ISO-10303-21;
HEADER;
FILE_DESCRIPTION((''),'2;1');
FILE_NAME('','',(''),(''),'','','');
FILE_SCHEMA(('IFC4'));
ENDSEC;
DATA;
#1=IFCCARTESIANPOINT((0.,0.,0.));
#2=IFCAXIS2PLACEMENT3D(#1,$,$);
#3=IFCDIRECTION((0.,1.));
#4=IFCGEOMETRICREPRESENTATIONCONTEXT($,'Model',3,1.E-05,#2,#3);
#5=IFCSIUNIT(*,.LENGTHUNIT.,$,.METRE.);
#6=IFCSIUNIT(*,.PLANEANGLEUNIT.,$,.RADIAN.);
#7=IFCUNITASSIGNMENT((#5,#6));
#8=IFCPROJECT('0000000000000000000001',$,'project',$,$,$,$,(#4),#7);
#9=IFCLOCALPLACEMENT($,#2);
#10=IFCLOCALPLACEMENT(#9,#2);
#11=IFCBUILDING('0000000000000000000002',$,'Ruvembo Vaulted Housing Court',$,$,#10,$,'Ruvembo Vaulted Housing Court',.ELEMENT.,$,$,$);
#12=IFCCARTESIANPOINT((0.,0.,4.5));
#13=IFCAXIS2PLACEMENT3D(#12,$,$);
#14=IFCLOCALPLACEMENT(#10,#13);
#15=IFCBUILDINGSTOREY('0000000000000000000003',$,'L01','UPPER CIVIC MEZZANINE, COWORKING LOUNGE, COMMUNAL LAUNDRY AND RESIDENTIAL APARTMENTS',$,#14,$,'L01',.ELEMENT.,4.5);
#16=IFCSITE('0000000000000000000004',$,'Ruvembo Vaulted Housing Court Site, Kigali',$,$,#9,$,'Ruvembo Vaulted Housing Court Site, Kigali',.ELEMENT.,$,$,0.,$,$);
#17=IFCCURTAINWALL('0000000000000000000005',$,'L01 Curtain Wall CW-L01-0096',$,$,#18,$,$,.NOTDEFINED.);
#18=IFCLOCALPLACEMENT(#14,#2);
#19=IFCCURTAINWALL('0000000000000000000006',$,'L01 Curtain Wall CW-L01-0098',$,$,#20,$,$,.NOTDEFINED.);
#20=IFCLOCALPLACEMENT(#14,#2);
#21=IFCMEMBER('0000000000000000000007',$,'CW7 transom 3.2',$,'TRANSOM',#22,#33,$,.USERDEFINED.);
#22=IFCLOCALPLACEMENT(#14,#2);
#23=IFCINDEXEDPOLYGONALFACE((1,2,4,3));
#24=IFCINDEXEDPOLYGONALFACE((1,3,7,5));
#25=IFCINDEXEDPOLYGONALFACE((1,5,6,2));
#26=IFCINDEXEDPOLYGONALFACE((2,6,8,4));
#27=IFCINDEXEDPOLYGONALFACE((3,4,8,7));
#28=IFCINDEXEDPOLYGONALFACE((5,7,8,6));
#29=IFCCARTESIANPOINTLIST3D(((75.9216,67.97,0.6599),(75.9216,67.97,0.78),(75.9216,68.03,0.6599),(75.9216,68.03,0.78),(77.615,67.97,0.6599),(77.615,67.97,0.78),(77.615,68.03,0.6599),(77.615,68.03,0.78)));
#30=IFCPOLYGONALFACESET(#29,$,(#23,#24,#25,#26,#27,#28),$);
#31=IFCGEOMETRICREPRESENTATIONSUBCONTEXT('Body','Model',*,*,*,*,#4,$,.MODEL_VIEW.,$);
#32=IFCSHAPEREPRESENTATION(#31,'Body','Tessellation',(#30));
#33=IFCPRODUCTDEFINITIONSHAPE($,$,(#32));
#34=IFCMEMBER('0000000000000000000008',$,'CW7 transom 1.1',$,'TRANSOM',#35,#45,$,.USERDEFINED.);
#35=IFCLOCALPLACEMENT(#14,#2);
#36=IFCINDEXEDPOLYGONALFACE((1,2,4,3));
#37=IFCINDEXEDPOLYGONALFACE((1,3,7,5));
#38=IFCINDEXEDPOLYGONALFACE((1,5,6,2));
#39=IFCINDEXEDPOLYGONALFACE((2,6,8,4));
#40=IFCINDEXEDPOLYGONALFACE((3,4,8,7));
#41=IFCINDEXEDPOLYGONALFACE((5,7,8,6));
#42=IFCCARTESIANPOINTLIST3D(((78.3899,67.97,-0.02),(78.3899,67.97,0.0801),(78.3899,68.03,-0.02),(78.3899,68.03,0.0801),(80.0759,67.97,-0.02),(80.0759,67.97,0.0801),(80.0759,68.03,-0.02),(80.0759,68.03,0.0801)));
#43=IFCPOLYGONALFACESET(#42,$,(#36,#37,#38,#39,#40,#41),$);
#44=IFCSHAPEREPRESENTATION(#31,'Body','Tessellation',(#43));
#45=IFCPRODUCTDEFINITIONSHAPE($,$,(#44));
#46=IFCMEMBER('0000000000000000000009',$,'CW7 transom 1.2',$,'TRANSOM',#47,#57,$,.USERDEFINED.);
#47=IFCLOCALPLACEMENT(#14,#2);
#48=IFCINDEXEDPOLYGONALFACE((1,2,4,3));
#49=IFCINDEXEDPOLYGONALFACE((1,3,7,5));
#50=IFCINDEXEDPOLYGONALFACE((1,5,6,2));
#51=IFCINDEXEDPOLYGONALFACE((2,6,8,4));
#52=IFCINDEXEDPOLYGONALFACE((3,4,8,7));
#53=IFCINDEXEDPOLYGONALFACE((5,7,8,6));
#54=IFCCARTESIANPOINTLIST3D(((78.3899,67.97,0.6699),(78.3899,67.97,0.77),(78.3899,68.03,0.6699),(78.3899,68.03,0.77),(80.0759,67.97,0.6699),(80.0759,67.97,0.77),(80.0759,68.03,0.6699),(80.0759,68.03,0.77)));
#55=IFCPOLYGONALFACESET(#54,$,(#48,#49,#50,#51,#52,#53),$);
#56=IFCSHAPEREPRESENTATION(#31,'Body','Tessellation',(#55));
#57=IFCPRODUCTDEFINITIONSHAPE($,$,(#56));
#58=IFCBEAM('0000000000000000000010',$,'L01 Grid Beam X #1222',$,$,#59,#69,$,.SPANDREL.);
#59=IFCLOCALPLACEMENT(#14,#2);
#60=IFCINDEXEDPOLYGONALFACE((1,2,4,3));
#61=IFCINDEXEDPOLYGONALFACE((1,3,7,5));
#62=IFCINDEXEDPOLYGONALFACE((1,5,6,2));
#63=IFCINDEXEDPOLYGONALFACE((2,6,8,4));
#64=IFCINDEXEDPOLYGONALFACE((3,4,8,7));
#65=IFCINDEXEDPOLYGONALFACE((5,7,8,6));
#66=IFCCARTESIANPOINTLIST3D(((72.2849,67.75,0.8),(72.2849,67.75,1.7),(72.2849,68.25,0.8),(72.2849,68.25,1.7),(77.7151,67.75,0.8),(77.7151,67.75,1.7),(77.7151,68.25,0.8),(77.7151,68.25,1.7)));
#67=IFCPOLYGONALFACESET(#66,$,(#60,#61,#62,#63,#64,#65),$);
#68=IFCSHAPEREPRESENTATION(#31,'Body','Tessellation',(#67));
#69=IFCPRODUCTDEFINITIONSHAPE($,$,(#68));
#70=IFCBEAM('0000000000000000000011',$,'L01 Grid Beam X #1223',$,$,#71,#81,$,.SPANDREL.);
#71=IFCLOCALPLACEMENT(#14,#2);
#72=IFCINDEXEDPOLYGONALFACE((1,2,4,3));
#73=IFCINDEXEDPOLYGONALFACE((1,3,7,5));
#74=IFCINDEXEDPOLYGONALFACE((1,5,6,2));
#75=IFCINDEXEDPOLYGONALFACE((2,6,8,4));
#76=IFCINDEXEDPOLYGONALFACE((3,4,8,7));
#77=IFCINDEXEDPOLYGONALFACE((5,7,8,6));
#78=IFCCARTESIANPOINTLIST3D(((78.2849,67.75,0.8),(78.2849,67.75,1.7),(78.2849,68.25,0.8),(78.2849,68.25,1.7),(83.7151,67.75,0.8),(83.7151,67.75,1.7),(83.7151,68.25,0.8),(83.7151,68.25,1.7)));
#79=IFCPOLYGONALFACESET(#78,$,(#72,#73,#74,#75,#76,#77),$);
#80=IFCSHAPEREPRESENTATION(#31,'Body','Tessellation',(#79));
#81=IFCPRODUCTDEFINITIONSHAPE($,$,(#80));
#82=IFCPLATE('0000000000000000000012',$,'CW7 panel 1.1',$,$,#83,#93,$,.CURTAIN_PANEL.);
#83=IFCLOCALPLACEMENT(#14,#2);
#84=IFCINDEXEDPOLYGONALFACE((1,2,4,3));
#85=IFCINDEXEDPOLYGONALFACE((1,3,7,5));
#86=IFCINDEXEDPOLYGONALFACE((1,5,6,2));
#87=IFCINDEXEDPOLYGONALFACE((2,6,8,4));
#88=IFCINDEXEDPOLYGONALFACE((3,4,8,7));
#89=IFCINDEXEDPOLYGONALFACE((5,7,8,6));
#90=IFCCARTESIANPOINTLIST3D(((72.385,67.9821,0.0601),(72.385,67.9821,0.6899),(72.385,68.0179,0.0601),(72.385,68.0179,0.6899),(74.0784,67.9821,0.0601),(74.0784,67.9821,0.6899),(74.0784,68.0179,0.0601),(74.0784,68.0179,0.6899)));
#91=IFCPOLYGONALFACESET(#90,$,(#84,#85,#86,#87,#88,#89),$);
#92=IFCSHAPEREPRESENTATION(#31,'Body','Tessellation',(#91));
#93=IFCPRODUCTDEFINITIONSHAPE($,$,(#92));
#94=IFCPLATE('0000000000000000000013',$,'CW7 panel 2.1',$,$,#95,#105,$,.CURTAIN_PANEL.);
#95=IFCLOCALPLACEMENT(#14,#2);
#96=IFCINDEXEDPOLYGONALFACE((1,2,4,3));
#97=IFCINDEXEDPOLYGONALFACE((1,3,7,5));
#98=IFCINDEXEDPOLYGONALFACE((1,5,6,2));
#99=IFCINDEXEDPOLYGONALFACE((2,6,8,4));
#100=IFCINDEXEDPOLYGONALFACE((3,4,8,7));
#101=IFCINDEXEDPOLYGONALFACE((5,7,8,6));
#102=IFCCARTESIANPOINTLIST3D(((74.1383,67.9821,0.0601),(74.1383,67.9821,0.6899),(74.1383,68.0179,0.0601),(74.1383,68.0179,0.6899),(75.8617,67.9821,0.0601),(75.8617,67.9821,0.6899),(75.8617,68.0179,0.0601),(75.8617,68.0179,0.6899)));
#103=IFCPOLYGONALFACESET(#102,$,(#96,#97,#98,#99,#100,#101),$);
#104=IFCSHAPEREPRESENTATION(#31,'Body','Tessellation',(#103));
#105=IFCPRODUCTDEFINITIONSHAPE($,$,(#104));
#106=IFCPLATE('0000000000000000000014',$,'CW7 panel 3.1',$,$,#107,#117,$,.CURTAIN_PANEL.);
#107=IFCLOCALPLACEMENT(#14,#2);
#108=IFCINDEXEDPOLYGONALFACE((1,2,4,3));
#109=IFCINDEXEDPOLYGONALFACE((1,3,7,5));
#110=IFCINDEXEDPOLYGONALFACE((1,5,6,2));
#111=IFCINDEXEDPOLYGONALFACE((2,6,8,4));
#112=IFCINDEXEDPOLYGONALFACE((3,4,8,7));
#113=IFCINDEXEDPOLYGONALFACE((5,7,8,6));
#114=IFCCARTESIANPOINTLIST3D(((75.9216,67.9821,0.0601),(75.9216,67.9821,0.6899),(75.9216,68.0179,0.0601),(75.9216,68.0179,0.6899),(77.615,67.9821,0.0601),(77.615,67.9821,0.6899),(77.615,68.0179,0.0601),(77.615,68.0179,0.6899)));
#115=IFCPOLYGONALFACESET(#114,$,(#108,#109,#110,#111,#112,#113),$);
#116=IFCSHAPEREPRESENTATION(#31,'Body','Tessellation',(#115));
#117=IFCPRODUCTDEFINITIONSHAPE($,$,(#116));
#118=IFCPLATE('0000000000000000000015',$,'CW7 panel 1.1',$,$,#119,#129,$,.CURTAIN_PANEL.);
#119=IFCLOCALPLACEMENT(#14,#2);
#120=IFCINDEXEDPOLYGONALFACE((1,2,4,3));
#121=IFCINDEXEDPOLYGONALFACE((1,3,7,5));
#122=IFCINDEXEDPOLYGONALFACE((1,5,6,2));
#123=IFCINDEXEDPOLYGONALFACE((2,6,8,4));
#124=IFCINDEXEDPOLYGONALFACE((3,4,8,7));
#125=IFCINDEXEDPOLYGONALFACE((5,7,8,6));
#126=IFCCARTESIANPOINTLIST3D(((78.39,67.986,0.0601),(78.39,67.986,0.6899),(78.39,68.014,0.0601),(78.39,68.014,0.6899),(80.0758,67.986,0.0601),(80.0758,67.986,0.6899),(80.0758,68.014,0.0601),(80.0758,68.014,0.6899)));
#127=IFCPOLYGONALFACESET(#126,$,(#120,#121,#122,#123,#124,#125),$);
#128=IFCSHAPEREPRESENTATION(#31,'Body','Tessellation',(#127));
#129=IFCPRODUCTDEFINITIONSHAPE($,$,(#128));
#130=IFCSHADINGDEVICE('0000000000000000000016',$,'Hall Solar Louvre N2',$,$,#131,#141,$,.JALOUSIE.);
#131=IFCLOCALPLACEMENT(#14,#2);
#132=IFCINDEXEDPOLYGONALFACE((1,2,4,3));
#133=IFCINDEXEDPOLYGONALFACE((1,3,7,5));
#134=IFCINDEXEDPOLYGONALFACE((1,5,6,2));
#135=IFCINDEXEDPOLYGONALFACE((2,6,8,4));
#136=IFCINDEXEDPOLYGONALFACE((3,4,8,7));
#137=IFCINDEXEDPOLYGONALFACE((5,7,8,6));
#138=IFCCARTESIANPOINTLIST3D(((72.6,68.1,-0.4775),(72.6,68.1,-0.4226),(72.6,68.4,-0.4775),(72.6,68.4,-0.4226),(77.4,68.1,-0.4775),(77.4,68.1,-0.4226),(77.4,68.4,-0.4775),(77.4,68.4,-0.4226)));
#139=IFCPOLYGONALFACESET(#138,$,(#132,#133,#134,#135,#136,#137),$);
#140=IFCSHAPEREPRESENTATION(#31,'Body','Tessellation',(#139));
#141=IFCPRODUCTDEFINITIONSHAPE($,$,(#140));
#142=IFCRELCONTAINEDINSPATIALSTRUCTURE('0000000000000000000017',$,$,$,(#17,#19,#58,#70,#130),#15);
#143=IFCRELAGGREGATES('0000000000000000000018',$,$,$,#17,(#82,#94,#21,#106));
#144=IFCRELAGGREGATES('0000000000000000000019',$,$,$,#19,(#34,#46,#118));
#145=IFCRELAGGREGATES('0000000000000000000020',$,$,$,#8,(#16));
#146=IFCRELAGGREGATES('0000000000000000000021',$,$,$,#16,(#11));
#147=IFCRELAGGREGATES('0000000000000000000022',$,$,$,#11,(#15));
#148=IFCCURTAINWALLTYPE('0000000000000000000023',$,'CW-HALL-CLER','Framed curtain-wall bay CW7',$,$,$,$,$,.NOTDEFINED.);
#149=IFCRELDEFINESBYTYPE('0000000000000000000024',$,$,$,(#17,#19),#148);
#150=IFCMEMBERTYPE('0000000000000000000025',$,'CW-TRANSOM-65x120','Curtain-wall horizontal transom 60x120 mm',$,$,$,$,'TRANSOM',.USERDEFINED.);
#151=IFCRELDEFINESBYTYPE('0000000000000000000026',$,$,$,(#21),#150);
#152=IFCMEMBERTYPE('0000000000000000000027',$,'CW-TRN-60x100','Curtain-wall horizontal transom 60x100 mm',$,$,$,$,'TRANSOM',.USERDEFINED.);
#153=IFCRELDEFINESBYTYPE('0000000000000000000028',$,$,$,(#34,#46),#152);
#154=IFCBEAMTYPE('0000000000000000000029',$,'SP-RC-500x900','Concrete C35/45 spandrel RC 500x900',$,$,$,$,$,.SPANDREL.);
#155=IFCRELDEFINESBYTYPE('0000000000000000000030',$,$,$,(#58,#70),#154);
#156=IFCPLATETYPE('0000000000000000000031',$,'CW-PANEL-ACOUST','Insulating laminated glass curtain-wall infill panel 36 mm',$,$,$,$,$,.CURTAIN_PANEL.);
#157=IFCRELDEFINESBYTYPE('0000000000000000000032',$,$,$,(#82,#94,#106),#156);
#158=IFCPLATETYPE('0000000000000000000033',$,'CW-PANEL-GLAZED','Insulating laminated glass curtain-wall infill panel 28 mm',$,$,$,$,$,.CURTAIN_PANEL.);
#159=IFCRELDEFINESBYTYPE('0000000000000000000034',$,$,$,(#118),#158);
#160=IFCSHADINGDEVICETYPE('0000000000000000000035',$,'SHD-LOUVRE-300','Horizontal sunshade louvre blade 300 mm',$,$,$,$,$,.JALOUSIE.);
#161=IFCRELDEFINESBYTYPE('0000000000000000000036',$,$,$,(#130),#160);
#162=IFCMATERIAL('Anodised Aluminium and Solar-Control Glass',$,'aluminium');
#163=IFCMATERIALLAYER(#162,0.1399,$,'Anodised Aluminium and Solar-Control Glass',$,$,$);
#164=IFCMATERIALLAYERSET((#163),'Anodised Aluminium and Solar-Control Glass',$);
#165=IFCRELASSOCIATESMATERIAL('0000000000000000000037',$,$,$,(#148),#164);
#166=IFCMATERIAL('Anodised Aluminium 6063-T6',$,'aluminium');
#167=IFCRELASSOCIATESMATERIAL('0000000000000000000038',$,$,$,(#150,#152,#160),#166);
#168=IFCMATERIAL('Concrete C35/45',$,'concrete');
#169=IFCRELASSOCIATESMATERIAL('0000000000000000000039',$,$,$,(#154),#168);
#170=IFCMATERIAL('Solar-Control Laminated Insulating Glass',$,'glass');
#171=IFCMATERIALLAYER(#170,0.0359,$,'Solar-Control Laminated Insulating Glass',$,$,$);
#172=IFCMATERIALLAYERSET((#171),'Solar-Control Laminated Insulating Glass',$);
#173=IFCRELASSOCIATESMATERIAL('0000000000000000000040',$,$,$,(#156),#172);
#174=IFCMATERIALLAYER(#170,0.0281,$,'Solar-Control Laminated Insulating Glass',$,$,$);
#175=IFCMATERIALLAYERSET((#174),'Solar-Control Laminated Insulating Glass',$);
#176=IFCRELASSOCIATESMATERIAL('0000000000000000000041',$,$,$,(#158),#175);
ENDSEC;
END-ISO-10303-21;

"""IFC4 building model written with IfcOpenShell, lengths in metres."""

from ifc_helpers import new_model, si_unit, direction, frame, origin, origin_2d, place, context, subcontext, project, spatial, rectangle, extrude, material, layer, layer_set, material_profile, profile_set, type_object, element, aggregate, save


model = new_model("IFC4")

# Units and contexts
model_context = context("Model", 3, precision=1e-05, world=origin(), true_north=direction((0.0, 1.0)))
body_context = subcontext(model_context, "Body", "Model", "MODEL_VIEW")
ifc_project = project(units=[si_unit("LENGTHUNIT", "METRE"), si_unit("PLANEANGLEUNIT", "RADIAN")], contexts=[model_context])

# Site, building, storey
site_placement = place(None, origin())
site = spatial("IfcSite", under=ifc_project, at=site_placement, Name="Ruvembo Vaulted Housing Court Site, Kigali", LongName="Ruvembo Vaulted Housing Court Site, Kigali", CompositionType="ELEMENT", RefElevation=0.0)
building_placement = place(site_placement, origin())
building = spatial("IfcBuilding", under=site, at=building_placement, Name="Ruvembo Vaulted Housing Court", LongName="Ruvembo Vaulted Housing Court", CompositionType="ELEMENT")
storey_placement = place(building_placement, frame((0.0, 0.0, 4.5)))
storey = spatial("IfcBuildingStorey", under=building, at=storey_placement, Name="L01", Description="UPPER CIVIC MEZZANINE, COWORKING LOUNGE, COMMUNAL LAUNDRY AND RESIDENTIAL APARTMENTS", LongName="L01", CompositionType="ELEMENT", Elevation=4.5)

# Shared definitions
ifc_material_1 = material(Name="Anodised Aluminium and Solar-Control Glass", Category="aluminium")
ifc_layer_1 = layer(ifc_material_1, 0.1399, Name="Anodised Aluminium and Solar-Control Glass")
ifc_layer_set_1 = layer_set([ifc_layer_1], Name="Anodised Aluminium and Solar-Control Glass")
curtain_wall_type = type_object("IfcCurtainWallType", Name="CW-HALL-CLER", Description="Framed curtain-wall bay CW7", PredefinedType="NOTDEFINED", material=ifc_layer_set_1)
ifc_material_2 = material(Name="Anodised Aluminium 6063-T6", Category="aluminium")

# Curtain walls
curtain_wall_1_placement = place(storey_placement, origin())
curtain_wall_1 = element("IfcCurtainWall", 1, at=curtain_wall_1_placement, inside=storey, type_object=curtain_wall_type, Name="L01 Curtain Wall CW-L01-0096", PredefinedType="NOTDEFINED")
curtain_wall_2_placement = place(storey_placement, origin())
curtain_wall_2 = element("IfcCurtainWall", 2, at=curtain_wall_2_placement, inside=storey, type_object=curtain_wall_type, Name="L01 Curtain Wall CW-L01-0098", PredefinedType="NOTDEFINED")

# Members
ifc_material_profile_1 = material_profile(ifc_material_2, rectangle(XDim=0.0601, YDim=0.1201, at=origin_2d()), Name="ALU 60x120")
ifc_profile_set_1 = profile_set([ifc_material_profile_1], Name="Anodised Aluminium 6063-T6")
member_type_1 = type_object("IfcMemberType", Name="CW-TRANSOM-65x120", Description="Curtain-wall horizontal transom 60x120 mm", ElementType="TRANSOM", PredefinedType="USERDEFINED", material=ifc_profile_set_1)
member_1_placement = place(storey_placement, frame((75.9216, 68.0, 0.72), z_axis=(1.0, 0.0, 0.0), x_axis=(0.0, 1.0, 0.0)))
member_1 = element("IfcMember", 3, at=member_1_placement, type_object=member_type_1, Name="CW7 transom 3.2", ObjectType="TRANSOM", PredefinedType="USERDEFINED", context=body_context, shape_type="SweptSolid", body=[
    extrude(rectangle(XDim=0.0601, YDim=0.1201, at=origin_2d()), origin(), (0.0, 0.0, 1.0), 1.6934),
])
ifc_material_profile_2 = material_profile(ifc_material_2, rectangle(XDim=0.0601, YDim=0.1001, at=origin_2d()), Name="ALU 60x100")
ifc_profile_set_2 = profile_set([ifc_material_profile_2], Name="Anodised Aluminium 6063-T6")
member_type_2 = type_object("IfcMemberType", Name="CW-TRN-60x100", Description="Curtain-wall horizontal transom 60x100 mm", ElementType="TRANSOM", PredefinedType="USERDEFINED", material=ifc_profile_set_2)
member_2_placement = place(storey_placement, frame((78.3899, 68.0, 0.03), z_axis=(1.0, 0.0, 0.0), x_axis=(0.0, 1.0, 0.0)))
member_2 = element("IfcMember", 4, at=member_2_placement, type_object=member_type_2, Name="CW7 transom 1.1", ObjectType="TRANSOM", PredefinedType="USERDEFINED", context=body_context, shape_type="SweptSolid", body=[
    extrude(rectangle(XDim=0.0601, YDim=0.1001, at=origin_2d()), origin(), (0.0, 0.0, 1.0), 1.686),
])
member_3_placement = place(storey_placement, frame((78.3899, 68.0, 0.72), z_axis=(1.0, 0.0, 0.0), x_axis=(0.0, 1.0, 0.0)))
member_3 = element("IfcMember", 5, at=member_3_placement, type_object=member_type_2, Name="CW7 transom 1.2", ObjectType="TRANSOM", PredefinedType="USERDEFINED", context=body_context, shape_type="SweptSolid", body=[
    extrude(rectangle(XDim=0.0601, YDim=0.1001, at=origin_2d()), origin(), (0.0, 0.0, 1.0), 1.686),
])

# Beams
ifc_material_3 = material(Name="Concrete C35/45", Category="concrete")
ifc_material_profile_3 = material_profile(ifc_material_3, rectangle(XDim=0.5, YDim=0.8999, at=origin_2d()), Name="RC 500x900")
ifc_profile_set_3 = profile_set([ifc_material_profile_3], Name="Concrete C35/45")
beam_type = type_object("IfcBeamType", Name="SP-RC-500x900", Description="Concrete C35/45 spandrel RC 500x900", PredefinedType="SPANDREL", material=ifc_profile_set_3)
for number, where, z_axis, x_axis, name in (
    (6, (72.2849, 68.0, 1.25), (1.0, 0.0, 0.0), (0.0, 1.0, 0.0), "L01 Grid Beam X #1222"),
    (7, (78.2849, 68.0, 1.25), (1.0, 0.0, 0.0), (0.0, 1.0, 0.0), "L01 Grid Beam X #1223"),
):
    element("IfcBeam", number, at=place(storey_placement, frame(where, z_axis=z_axis, x_axis=x_axis)), inside=storey, type_object=beam_type, Name=name, PredefinedType="SPANDREL", context=body_context, shape_type="SweptSolid", body=[
        extrude(rectangle(XDim=0.5, YDim=0.8999, at=origin_2d()), origin(), (0.0, 0.0, 1.0), 5.4302),
    ])

# Plates
ifc_material_4 = material(Name="Solar-Control Laminated Insulating Glass", Category="glass")
ifc_layer_2 = layer(ifc_material_4, 0.0359, Name="Solar-Control Laminated Insulating Glass")
ifc_layer_set_2 = layer_set([ifc_layer_2], Name="Solar-Control Laminated Insulating Glass")
plate_type_1 = type_object("IfcPlateType", Name="CW-PANEL-ACOUST", Description="Insulating laminated glass curtain-wall infill panel 36 mm", PredefinedType="CURTAIN_PANEL", material=ifc_layer_set_2)
plate_1_placement = place(storey_placement, frame((73.2317, 68.0, 0.0601), z_axis=(0.0, 0.0, 1.0), x_axis=(1.0, 0.0, 0.0)))
plate_1 = element("IfcPlate", 8, at=plate_1_placement, type_object=plate_type_1, Name="CW7 panel 1.1", PredefinedType="CURTAIN_PANEL", context=body_context, shape_type="SweptSolid", body=[
    extrude(rectangle(XDim=1.6934, YDim=0.0359, at=origin_2d()), origin(), (0.0, 0.0, 1.0), 0.6299),
])
plate_2_placement = place(storey_placement, frame((75.0, 68.0, 0.0601), z_axis=(0.0, 0.0, 1.0), x_axis=(1.0, 0.0, 0.0)))
plate_2 = element("IfcPlate", 9, at=plate_2_placement, type_object=plate_type_1, Name="CW7 panel 2.1", PredefinedType="CURTAIN_PANEL", context=body_context, shape_type="SweptSolid", body=[
    extrude(rectangle(XDim=1.7234, YDim=0.0359, at=origin_2d()), origin(), (0.0, 0.0, 1.0), 0.6299),
])
plate_3_placement = place(storey_placement, frame((76.7683, 68.0, 0.0601), z_axis=(0.0, 0.0, 1.0), x_axis=(1.0, 0.0, 0.0)))
plate_3 = element("IfcPlate", 10, at=plate_3_placement, type_object=plate_type_1, Name="CW7 panel 3.1", PredefinedType="CURTAIN_PANEL", context=body_context, shape_type="SweptSolid", body=[
    extrude(rectangle(XDim=1.6934, YDim=0.0359, at=origin_2d()), origin(), (0.0, 0.0, 1.0), 0.6299),
])
aggregate(curtain_wall_1, [plate_1, plate_2, member_1, plate_3])
ifc_layer_3 = layer(ifc_material_4, 0.0281, Name="Solar-Control Laminated Insulating Glass")
ifc_layer_set_3 = layer_set([ifc_layer_3], Name="Solar-Control Laminated Insulating Glass")
plate_type_2 = type_object("IfcPlateType", Name="CW-PANEL-GLAZED", Description="Insulating laminated glass curtain-wall infill panel 28 mm", PredefinedType="CURTAIN_PANEL", material=ifc_layer_set_3)
plate_4_placement = place(storey_placement, frame((79.2329, 68.0, 0.0601), z_axis=(0.0, 0.0, 1.0), x_axis=(1.0, 0.0, 0.0)))
plate_4 = element("IfcPlate", 11, at=plate_4_placement, type_object=plate_type_2, Name="CW7 panel 1.1", PredefinedType="CURTAIN_PANEL", context=body_context, shape_type="SweptSolid", body=[
    extrude(rectangle(XDim=1.6858, YDim=0.0281, at=origin_2d()), origin(), (0.0, 0.0, 1.0), 0.6299),
])
aggregate(curtain_wall_2, [member_2, member_3, plate_4])

# Shading device
shading_device_type = type_object("IfcShadingDeviceType", Name="SHD-LOUVRE-300", Description="Horizontal sunshade louvre blade 300 mm", PredefinedType="JALOUSIE", material=ifc_material_2)
shading_device_placement = place(storey_placement, frame((75.0, 68.25, -0.4775), z_axis=(0.0, 0.0, 1.0), x_axis=(1.0, 0.0, 0.0)))
element("IfcShadingDevice", 12, at=shading_device_placement, inside=storey, type_object=shading_device_type, Name="Hall Solar Louvre N2", PredefinedType="JALOUSIE", context=body_context, shape_type="SweptSolid", body=[
    extrude(rectangle(XDim=4.8, YDim=0.3, at=origin_2d()), origin(), (0.0, 0.0, 1.0), 0.0549),
])

save(model, "model.ifc")
